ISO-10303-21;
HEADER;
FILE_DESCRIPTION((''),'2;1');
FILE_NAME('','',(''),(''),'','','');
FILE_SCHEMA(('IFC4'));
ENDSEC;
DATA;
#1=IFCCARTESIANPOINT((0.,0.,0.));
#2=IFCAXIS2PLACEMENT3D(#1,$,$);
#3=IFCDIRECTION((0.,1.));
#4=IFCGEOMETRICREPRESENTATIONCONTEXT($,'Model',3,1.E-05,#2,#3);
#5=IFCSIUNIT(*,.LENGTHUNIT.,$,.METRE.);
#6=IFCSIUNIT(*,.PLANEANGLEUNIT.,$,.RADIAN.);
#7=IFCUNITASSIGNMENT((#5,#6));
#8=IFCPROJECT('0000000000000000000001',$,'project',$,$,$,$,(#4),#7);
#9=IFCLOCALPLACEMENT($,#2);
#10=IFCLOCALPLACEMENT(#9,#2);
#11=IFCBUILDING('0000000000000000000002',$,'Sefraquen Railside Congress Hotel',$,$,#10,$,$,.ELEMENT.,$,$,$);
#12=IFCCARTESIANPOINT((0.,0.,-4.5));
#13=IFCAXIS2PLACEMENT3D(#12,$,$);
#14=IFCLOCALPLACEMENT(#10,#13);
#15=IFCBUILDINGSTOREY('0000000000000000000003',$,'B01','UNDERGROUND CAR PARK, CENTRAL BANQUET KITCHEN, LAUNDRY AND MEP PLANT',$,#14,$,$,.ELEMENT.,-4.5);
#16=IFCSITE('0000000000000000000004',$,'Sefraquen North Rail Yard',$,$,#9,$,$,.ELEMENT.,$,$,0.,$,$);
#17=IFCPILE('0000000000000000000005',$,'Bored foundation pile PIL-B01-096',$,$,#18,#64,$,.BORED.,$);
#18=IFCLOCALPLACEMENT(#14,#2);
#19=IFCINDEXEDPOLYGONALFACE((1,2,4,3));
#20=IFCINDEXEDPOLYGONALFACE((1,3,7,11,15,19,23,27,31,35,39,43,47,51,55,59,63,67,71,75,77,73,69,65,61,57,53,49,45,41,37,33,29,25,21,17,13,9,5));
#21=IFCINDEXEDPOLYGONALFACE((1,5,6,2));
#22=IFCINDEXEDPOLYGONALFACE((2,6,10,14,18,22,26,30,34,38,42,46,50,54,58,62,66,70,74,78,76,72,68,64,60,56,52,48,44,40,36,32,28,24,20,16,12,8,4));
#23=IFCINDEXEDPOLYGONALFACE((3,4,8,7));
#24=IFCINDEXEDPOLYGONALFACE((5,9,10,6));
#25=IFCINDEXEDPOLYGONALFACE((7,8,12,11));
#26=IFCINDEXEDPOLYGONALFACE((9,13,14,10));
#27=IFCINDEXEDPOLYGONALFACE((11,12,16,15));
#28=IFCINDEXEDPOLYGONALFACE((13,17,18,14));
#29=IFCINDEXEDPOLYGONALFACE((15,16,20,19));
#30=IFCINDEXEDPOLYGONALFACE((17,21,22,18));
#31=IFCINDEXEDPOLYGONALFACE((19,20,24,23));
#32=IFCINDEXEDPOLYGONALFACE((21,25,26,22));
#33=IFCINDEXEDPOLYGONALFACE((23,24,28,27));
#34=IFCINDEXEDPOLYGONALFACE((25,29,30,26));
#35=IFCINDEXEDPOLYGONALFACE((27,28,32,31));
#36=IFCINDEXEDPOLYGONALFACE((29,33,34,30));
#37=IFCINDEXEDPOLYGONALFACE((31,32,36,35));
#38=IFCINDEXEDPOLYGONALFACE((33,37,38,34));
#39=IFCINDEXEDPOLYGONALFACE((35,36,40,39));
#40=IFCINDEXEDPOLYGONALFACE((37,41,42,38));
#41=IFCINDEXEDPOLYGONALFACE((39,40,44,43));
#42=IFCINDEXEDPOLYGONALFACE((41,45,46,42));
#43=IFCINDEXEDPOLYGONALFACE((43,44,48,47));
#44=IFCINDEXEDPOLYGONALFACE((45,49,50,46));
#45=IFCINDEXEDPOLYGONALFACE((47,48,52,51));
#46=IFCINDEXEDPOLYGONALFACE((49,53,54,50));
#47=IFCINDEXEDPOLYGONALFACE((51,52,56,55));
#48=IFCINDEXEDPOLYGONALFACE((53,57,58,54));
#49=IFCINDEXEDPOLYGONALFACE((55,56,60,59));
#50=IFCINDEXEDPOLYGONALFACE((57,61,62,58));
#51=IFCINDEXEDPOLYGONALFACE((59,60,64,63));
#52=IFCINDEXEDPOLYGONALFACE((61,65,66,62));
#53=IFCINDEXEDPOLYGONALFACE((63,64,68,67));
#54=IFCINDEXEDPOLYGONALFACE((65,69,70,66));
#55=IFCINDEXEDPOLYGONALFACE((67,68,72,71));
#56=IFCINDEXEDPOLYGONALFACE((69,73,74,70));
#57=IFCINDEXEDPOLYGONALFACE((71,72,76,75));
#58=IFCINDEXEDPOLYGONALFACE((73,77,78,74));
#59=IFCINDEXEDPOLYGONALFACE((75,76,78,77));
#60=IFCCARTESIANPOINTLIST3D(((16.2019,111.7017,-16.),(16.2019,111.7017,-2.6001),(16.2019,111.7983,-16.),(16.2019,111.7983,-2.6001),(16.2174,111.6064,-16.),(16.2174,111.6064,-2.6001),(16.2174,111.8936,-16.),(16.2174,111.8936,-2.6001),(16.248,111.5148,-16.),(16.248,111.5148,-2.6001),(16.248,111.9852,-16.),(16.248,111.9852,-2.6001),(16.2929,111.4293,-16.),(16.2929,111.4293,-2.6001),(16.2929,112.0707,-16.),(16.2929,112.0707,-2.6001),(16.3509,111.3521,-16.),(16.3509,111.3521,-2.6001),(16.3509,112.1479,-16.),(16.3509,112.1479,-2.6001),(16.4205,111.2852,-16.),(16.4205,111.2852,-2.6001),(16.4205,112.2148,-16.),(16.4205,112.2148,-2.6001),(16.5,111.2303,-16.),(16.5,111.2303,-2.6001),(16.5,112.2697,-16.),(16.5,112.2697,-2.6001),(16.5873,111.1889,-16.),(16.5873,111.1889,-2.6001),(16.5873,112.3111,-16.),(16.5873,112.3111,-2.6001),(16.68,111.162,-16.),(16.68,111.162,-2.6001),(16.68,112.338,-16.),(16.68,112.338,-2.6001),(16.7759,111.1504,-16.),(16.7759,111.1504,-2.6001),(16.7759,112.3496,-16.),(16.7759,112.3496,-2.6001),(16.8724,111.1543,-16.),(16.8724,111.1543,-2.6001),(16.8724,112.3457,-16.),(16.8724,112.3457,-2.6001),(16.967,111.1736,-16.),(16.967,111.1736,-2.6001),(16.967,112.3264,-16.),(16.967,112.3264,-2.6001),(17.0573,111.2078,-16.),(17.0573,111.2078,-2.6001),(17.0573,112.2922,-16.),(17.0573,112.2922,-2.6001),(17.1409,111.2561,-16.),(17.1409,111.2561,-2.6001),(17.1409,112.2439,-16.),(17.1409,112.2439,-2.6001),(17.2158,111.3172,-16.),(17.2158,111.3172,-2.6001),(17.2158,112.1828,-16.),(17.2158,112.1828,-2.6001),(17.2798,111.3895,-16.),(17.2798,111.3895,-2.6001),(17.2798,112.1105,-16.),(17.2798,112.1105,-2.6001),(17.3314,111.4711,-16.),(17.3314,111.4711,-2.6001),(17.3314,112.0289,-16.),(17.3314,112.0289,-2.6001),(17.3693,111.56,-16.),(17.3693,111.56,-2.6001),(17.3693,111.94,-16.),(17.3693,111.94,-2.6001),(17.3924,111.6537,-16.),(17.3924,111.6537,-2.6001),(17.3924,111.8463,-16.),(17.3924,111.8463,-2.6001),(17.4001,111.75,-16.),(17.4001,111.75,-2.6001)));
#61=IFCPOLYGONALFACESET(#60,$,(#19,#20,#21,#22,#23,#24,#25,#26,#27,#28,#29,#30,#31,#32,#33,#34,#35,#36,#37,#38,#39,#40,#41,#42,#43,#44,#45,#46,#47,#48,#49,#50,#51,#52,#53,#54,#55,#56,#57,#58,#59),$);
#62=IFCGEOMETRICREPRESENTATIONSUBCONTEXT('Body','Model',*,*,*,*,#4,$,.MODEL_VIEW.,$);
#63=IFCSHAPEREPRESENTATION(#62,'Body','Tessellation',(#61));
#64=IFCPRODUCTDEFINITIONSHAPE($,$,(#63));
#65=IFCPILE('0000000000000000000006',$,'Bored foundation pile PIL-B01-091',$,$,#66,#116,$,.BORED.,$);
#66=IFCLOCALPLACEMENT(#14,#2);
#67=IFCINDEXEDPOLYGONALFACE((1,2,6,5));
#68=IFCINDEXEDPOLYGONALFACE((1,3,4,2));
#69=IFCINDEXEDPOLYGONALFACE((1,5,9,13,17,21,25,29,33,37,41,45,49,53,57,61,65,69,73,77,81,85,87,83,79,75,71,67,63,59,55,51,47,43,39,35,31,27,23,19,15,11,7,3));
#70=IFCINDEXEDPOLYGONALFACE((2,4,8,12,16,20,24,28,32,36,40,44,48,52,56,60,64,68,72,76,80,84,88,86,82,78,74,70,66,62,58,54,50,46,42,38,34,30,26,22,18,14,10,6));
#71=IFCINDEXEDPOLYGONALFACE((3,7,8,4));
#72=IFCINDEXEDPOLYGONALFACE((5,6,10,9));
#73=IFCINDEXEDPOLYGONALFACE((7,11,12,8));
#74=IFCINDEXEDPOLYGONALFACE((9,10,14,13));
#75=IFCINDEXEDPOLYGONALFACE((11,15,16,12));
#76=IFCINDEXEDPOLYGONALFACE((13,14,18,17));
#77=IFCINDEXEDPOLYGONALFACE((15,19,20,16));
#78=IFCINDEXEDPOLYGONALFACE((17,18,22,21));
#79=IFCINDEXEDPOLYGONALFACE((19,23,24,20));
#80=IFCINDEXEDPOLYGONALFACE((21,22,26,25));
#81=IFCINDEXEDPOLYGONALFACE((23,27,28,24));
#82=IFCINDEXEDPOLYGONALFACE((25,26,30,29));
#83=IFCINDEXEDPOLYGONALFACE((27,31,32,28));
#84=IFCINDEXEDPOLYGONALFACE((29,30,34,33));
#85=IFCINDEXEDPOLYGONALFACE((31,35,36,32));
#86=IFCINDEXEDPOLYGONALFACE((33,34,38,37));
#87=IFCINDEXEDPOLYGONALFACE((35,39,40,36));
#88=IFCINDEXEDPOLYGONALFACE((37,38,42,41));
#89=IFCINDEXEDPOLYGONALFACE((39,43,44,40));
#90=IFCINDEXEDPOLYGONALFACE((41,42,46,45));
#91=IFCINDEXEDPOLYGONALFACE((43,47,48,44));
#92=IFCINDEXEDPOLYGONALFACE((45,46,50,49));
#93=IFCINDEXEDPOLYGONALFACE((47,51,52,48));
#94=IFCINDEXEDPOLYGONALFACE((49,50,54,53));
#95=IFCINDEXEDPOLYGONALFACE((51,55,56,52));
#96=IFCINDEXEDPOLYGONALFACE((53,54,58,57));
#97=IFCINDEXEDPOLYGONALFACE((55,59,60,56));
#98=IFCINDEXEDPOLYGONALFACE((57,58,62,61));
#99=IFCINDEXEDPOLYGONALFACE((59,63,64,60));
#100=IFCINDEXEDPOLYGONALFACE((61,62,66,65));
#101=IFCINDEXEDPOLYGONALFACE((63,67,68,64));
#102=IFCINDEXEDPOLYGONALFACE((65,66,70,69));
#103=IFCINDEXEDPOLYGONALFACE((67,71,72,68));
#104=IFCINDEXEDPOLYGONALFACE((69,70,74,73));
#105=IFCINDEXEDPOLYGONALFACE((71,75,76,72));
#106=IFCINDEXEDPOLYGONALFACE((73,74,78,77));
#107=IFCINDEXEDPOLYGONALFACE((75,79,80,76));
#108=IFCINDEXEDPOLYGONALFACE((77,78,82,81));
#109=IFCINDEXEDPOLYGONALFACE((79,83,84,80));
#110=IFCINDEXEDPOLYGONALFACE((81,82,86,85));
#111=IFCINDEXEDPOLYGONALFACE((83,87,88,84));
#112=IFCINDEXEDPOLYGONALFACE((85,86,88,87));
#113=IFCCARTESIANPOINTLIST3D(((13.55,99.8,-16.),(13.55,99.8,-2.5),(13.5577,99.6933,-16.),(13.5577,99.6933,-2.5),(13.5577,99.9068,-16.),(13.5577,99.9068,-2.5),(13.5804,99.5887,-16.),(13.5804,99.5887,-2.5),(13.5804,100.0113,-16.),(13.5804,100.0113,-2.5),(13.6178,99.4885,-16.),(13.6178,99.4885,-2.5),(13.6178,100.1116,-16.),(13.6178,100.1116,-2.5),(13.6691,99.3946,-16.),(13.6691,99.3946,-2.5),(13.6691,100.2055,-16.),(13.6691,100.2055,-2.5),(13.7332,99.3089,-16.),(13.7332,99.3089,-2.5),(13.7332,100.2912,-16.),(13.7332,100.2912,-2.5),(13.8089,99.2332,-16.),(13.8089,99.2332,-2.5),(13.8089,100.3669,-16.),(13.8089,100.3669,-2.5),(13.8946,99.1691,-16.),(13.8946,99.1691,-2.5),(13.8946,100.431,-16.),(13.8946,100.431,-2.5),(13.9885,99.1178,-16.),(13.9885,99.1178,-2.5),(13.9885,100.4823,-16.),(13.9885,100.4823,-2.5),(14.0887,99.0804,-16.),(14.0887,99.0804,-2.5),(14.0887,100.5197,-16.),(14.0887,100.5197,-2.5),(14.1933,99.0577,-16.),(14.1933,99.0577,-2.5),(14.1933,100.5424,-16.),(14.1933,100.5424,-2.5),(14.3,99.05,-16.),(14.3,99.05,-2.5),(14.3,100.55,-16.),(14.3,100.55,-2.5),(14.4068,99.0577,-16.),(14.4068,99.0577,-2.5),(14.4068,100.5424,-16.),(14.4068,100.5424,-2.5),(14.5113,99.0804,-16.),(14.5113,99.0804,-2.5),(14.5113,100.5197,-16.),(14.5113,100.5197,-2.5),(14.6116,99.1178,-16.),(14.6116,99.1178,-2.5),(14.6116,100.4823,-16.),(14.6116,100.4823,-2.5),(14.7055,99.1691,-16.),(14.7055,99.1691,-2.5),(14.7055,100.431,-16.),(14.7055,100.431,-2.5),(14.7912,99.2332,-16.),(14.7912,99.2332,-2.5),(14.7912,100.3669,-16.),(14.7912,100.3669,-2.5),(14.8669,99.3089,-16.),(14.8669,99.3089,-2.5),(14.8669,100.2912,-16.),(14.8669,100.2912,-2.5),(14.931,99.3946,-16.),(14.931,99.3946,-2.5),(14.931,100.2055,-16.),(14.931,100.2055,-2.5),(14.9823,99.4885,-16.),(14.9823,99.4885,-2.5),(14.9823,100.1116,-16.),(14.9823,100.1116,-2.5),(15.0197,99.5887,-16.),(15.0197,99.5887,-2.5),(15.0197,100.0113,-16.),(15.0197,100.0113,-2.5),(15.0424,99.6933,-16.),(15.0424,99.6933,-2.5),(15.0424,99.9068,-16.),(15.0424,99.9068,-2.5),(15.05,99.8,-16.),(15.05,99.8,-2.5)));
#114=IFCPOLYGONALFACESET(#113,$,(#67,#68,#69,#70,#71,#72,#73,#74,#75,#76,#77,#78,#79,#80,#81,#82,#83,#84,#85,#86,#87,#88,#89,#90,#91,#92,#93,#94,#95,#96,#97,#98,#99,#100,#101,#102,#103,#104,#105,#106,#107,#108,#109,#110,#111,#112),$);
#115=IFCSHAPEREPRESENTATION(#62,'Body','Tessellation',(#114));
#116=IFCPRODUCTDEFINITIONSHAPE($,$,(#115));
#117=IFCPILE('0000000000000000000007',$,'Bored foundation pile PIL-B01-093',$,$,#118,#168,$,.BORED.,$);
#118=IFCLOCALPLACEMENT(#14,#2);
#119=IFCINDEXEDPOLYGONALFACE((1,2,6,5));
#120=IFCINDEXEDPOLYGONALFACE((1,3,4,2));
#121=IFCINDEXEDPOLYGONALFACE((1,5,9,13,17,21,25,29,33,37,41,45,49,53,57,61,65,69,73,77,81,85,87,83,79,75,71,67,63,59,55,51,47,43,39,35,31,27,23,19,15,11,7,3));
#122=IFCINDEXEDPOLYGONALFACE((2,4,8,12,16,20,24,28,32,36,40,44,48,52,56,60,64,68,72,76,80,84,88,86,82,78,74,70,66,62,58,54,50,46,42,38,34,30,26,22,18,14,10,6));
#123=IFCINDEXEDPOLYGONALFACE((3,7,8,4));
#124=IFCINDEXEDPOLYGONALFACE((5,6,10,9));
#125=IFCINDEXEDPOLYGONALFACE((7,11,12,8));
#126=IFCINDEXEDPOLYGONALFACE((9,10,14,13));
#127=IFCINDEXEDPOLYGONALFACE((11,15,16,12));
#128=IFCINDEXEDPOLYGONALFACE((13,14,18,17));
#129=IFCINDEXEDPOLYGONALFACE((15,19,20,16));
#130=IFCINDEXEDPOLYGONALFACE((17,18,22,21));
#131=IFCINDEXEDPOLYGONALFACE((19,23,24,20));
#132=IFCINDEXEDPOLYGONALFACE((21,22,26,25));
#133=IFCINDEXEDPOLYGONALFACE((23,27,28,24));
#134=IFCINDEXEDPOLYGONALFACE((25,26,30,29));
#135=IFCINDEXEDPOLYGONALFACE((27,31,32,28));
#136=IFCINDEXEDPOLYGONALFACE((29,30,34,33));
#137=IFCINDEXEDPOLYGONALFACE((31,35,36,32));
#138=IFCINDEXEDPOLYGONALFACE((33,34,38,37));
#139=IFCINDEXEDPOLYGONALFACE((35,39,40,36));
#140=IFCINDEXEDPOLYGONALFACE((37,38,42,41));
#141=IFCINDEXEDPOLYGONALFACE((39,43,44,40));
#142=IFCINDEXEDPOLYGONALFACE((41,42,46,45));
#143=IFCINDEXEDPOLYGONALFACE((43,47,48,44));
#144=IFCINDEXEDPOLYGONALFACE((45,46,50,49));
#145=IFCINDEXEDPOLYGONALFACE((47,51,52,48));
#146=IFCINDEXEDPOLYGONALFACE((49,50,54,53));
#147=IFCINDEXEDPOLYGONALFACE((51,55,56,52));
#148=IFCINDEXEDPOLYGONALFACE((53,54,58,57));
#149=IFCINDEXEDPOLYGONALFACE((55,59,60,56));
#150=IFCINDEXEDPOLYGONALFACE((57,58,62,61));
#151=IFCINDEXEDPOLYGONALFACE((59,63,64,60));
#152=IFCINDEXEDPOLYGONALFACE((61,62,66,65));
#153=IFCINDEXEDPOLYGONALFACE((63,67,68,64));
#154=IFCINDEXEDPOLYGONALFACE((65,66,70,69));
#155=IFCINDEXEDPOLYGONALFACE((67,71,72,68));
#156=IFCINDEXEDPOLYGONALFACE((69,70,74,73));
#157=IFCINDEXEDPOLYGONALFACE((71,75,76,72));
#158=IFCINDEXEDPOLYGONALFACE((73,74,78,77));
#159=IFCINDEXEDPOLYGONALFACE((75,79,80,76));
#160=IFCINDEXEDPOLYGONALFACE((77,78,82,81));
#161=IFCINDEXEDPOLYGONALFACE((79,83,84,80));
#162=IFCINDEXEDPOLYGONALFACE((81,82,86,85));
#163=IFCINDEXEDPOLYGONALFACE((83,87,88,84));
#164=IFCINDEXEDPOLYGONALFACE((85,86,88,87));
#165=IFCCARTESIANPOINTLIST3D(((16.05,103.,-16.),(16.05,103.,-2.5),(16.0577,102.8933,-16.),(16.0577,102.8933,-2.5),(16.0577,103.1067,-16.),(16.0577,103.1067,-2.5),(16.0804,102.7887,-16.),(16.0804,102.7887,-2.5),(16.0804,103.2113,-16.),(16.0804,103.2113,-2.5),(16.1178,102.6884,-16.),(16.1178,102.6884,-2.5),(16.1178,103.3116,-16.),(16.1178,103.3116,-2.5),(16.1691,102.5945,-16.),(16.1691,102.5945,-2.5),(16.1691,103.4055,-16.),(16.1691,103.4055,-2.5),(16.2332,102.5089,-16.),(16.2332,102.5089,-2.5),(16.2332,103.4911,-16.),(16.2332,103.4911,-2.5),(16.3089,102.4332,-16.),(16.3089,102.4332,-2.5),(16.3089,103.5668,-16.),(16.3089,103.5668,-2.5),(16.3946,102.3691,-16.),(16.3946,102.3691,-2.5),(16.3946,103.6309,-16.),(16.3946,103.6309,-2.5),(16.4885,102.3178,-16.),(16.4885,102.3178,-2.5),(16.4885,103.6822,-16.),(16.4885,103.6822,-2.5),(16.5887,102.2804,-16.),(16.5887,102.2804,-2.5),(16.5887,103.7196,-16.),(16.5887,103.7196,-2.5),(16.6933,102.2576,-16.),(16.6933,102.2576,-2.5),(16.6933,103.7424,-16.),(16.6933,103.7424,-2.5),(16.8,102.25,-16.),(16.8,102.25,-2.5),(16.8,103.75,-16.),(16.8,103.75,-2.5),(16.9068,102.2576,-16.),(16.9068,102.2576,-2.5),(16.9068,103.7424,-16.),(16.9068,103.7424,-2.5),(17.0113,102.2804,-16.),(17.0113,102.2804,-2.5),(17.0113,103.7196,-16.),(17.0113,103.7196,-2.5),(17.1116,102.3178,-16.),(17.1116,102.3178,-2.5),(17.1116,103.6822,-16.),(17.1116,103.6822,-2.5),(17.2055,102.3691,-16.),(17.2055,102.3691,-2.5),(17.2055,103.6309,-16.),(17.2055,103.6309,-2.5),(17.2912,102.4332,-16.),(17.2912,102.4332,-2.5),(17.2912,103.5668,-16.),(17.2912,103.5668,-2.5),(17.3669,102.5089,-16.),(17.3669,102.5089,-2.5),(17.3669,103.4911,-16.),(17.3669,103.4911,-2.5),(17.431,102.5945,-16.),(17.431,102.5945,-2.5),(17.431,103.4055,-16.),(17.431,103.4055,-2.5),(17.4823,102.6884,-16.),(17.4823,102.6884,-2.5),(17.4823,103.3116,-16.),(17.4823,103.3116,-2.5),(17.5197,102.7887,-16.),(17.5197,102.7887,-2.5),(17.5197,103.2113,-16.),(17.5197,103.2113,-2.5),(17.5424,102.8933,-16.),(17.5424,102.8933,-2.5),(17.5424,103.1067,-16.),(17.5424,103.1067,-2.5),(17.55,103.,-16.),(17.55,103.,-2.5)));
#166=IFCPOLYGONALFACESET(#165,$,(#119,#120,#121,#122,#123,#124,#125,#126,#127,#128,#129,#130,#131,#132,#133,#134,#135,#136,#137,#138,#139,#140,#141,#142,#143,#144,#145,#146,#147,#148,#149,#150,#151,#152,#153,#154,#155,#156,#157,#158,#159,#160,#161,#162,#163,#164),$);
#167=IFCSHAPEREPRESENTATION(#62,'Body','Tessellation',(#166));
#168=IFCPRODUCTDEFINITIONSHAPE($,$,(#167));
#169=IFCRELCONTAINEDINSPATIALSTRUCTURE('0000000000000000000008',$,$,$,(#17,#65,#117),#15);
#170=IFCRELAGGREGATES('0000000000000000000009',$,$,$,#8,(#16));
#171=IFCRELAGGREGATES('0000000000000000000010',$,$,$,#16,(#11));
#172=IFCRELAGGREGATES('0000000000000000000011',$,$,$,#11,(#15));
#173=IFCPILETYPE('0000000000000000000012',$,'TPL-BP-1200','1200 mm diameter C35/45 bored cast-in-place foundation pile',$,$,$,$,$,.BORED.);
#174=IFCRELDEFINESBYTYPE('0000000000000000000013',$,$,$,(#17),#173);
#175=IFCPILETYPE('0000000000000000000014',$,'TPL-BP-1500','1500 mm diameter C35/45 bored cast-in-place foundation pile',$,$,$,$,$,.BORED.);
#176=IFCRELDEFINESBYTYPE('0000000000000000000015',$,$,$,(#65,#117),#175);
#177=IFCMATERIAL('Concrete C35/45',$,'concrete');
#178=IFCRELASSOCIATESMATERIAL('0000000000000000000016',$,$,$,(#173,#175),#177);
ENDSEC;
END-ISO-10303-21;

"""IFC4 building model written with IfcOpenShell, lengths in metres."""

from ifc_helpers import new_model, si_unit, direction, frame, origin, origin_2d, place, context, subcontext, project, spatial, circle, extrude, material, material_profile, profile_set, type_object, element, save


model = new_model("IFC4")

# Units and contexts
model_context = context("Model", 3, precision=1e-05, world=origin(), true_north=direction((0.0, 1.0)))
body_context = subcontext(model_context, "Body", "Model", "MODEL_VIEW")
ifc_project = project(units=[si_unit("LENGTHUNIT", "METRE"), si_unit("PLANEANGLEUNIT", "RADIAN")], contexts=[model_context])

# Site, building, storey
site_placement = place(None, origin())
site = spatial("IfcSite", under=ifc_project, at=site_placement, Name="Sefraquen North Rail Yard", CompositionType="ELEMENT", RefElevation=0.0)
building_placement = place(site_placement, origin())
building = spatial("IfcBuilding", under=site, at=building_placement, Name="Sefraquen Railside Congress Hotel", CompositionType="ELEMENT")
storey_placement = place(building_placement, frame((0.0, 0.0, -4.5)))
storey = spatial("IfcBuildingStorey", under=building, at=storey_placement, Name="B01", Description="UNDERGROUND CAR PARK, CENTRAL BANQUET KITCHEN, LAUNDRY AND MEP PLANT", CompositionType="ELEMENT", Elevation=-4.5)

# Piles
ifc_material_1 = material(Name="Concrete C35/45", Category="concrete")
ifc_material_profile_1 = material_profile(ifc_material_1, circle(Radius=0.6001, at=origin_2d()), Name="BORED PILE 1200")
ifc_profile_set_1 = profile_set([ifc_material_profile_1], Name="Concrete C35/45")
pile_type_1 = type_object("IfcPileType", Name="TPL-BP-1200", Description="1200 mm diameter C35/45 bored cast-in-place foundation pile", PredefinedType="BORED", material=ifc_profile_set_1)
for number, where, z_axis, x_axis, name in (
    (1, (16.8, 111.75, -2.6001), (0.0, 0.0, -1.0), (1.0, 0.0, 0.0), "Bored foundation pile PIL-B01-096"),
):
    element("IfcPile", number, at=place(storey_placement, frame(where, z_axis=z_axis, x_axis=x_axis)), inside=storey, type_object=pile_type_1, Name=name, PredefinedType="BORED", context=body_context, shape_type="SweptSolid", body=[
        extrude(circle(Radius=0.6001, at=origin_2d()), origin(), (0.0, 0.0, 1.0), 13.3999),
    ])
ifc_material_profile_2 = material_profile(ifc_material_1, circle(Radius=0.75, at=origin_2d()), Name="BORED PILE 1500")
ifc_profile_set_2 = profile_set([ifc_material_profile_2], Name="Concrete C35/45")
pile_type_2 = type_object("IfcPileType", Name="TPL-BP-1500", Description="1500 mm diameter C35/45 bored cast-in-place foundation pile", PredefinedType="BORED", material=ifc_profile_set_2)
for number, where, z_axis, x_axis, name in (
    (2, (14.3, 99.8, -2.5), (0.0, 0.0, -1.0), (1.0, 0.0, 0.0), "Bored foundation pile PIL-B01-091"),
    (3, (16.8, 103.0, -2.5), (0.0, 0.0, -1.0), (1.0, 0.0, 0.0), "Bored foundation pile PIL-B01-093"),
):
    element("IfcPile", number, at=place(storey_placement, frame(where, z_axis=z_axis, x_axis=x_axis)), inside=storey, type_object=pile_type_2, Name=name, PredefinedType="BORED", context=body_context, shape_type="SweptSolid", body=[
        extrude(circle(Radius=0.75, at=origin_2d()), origin(), (0.0, 0.0, 1.0), 13.5),
    ])

save(model, "model.ifc")
